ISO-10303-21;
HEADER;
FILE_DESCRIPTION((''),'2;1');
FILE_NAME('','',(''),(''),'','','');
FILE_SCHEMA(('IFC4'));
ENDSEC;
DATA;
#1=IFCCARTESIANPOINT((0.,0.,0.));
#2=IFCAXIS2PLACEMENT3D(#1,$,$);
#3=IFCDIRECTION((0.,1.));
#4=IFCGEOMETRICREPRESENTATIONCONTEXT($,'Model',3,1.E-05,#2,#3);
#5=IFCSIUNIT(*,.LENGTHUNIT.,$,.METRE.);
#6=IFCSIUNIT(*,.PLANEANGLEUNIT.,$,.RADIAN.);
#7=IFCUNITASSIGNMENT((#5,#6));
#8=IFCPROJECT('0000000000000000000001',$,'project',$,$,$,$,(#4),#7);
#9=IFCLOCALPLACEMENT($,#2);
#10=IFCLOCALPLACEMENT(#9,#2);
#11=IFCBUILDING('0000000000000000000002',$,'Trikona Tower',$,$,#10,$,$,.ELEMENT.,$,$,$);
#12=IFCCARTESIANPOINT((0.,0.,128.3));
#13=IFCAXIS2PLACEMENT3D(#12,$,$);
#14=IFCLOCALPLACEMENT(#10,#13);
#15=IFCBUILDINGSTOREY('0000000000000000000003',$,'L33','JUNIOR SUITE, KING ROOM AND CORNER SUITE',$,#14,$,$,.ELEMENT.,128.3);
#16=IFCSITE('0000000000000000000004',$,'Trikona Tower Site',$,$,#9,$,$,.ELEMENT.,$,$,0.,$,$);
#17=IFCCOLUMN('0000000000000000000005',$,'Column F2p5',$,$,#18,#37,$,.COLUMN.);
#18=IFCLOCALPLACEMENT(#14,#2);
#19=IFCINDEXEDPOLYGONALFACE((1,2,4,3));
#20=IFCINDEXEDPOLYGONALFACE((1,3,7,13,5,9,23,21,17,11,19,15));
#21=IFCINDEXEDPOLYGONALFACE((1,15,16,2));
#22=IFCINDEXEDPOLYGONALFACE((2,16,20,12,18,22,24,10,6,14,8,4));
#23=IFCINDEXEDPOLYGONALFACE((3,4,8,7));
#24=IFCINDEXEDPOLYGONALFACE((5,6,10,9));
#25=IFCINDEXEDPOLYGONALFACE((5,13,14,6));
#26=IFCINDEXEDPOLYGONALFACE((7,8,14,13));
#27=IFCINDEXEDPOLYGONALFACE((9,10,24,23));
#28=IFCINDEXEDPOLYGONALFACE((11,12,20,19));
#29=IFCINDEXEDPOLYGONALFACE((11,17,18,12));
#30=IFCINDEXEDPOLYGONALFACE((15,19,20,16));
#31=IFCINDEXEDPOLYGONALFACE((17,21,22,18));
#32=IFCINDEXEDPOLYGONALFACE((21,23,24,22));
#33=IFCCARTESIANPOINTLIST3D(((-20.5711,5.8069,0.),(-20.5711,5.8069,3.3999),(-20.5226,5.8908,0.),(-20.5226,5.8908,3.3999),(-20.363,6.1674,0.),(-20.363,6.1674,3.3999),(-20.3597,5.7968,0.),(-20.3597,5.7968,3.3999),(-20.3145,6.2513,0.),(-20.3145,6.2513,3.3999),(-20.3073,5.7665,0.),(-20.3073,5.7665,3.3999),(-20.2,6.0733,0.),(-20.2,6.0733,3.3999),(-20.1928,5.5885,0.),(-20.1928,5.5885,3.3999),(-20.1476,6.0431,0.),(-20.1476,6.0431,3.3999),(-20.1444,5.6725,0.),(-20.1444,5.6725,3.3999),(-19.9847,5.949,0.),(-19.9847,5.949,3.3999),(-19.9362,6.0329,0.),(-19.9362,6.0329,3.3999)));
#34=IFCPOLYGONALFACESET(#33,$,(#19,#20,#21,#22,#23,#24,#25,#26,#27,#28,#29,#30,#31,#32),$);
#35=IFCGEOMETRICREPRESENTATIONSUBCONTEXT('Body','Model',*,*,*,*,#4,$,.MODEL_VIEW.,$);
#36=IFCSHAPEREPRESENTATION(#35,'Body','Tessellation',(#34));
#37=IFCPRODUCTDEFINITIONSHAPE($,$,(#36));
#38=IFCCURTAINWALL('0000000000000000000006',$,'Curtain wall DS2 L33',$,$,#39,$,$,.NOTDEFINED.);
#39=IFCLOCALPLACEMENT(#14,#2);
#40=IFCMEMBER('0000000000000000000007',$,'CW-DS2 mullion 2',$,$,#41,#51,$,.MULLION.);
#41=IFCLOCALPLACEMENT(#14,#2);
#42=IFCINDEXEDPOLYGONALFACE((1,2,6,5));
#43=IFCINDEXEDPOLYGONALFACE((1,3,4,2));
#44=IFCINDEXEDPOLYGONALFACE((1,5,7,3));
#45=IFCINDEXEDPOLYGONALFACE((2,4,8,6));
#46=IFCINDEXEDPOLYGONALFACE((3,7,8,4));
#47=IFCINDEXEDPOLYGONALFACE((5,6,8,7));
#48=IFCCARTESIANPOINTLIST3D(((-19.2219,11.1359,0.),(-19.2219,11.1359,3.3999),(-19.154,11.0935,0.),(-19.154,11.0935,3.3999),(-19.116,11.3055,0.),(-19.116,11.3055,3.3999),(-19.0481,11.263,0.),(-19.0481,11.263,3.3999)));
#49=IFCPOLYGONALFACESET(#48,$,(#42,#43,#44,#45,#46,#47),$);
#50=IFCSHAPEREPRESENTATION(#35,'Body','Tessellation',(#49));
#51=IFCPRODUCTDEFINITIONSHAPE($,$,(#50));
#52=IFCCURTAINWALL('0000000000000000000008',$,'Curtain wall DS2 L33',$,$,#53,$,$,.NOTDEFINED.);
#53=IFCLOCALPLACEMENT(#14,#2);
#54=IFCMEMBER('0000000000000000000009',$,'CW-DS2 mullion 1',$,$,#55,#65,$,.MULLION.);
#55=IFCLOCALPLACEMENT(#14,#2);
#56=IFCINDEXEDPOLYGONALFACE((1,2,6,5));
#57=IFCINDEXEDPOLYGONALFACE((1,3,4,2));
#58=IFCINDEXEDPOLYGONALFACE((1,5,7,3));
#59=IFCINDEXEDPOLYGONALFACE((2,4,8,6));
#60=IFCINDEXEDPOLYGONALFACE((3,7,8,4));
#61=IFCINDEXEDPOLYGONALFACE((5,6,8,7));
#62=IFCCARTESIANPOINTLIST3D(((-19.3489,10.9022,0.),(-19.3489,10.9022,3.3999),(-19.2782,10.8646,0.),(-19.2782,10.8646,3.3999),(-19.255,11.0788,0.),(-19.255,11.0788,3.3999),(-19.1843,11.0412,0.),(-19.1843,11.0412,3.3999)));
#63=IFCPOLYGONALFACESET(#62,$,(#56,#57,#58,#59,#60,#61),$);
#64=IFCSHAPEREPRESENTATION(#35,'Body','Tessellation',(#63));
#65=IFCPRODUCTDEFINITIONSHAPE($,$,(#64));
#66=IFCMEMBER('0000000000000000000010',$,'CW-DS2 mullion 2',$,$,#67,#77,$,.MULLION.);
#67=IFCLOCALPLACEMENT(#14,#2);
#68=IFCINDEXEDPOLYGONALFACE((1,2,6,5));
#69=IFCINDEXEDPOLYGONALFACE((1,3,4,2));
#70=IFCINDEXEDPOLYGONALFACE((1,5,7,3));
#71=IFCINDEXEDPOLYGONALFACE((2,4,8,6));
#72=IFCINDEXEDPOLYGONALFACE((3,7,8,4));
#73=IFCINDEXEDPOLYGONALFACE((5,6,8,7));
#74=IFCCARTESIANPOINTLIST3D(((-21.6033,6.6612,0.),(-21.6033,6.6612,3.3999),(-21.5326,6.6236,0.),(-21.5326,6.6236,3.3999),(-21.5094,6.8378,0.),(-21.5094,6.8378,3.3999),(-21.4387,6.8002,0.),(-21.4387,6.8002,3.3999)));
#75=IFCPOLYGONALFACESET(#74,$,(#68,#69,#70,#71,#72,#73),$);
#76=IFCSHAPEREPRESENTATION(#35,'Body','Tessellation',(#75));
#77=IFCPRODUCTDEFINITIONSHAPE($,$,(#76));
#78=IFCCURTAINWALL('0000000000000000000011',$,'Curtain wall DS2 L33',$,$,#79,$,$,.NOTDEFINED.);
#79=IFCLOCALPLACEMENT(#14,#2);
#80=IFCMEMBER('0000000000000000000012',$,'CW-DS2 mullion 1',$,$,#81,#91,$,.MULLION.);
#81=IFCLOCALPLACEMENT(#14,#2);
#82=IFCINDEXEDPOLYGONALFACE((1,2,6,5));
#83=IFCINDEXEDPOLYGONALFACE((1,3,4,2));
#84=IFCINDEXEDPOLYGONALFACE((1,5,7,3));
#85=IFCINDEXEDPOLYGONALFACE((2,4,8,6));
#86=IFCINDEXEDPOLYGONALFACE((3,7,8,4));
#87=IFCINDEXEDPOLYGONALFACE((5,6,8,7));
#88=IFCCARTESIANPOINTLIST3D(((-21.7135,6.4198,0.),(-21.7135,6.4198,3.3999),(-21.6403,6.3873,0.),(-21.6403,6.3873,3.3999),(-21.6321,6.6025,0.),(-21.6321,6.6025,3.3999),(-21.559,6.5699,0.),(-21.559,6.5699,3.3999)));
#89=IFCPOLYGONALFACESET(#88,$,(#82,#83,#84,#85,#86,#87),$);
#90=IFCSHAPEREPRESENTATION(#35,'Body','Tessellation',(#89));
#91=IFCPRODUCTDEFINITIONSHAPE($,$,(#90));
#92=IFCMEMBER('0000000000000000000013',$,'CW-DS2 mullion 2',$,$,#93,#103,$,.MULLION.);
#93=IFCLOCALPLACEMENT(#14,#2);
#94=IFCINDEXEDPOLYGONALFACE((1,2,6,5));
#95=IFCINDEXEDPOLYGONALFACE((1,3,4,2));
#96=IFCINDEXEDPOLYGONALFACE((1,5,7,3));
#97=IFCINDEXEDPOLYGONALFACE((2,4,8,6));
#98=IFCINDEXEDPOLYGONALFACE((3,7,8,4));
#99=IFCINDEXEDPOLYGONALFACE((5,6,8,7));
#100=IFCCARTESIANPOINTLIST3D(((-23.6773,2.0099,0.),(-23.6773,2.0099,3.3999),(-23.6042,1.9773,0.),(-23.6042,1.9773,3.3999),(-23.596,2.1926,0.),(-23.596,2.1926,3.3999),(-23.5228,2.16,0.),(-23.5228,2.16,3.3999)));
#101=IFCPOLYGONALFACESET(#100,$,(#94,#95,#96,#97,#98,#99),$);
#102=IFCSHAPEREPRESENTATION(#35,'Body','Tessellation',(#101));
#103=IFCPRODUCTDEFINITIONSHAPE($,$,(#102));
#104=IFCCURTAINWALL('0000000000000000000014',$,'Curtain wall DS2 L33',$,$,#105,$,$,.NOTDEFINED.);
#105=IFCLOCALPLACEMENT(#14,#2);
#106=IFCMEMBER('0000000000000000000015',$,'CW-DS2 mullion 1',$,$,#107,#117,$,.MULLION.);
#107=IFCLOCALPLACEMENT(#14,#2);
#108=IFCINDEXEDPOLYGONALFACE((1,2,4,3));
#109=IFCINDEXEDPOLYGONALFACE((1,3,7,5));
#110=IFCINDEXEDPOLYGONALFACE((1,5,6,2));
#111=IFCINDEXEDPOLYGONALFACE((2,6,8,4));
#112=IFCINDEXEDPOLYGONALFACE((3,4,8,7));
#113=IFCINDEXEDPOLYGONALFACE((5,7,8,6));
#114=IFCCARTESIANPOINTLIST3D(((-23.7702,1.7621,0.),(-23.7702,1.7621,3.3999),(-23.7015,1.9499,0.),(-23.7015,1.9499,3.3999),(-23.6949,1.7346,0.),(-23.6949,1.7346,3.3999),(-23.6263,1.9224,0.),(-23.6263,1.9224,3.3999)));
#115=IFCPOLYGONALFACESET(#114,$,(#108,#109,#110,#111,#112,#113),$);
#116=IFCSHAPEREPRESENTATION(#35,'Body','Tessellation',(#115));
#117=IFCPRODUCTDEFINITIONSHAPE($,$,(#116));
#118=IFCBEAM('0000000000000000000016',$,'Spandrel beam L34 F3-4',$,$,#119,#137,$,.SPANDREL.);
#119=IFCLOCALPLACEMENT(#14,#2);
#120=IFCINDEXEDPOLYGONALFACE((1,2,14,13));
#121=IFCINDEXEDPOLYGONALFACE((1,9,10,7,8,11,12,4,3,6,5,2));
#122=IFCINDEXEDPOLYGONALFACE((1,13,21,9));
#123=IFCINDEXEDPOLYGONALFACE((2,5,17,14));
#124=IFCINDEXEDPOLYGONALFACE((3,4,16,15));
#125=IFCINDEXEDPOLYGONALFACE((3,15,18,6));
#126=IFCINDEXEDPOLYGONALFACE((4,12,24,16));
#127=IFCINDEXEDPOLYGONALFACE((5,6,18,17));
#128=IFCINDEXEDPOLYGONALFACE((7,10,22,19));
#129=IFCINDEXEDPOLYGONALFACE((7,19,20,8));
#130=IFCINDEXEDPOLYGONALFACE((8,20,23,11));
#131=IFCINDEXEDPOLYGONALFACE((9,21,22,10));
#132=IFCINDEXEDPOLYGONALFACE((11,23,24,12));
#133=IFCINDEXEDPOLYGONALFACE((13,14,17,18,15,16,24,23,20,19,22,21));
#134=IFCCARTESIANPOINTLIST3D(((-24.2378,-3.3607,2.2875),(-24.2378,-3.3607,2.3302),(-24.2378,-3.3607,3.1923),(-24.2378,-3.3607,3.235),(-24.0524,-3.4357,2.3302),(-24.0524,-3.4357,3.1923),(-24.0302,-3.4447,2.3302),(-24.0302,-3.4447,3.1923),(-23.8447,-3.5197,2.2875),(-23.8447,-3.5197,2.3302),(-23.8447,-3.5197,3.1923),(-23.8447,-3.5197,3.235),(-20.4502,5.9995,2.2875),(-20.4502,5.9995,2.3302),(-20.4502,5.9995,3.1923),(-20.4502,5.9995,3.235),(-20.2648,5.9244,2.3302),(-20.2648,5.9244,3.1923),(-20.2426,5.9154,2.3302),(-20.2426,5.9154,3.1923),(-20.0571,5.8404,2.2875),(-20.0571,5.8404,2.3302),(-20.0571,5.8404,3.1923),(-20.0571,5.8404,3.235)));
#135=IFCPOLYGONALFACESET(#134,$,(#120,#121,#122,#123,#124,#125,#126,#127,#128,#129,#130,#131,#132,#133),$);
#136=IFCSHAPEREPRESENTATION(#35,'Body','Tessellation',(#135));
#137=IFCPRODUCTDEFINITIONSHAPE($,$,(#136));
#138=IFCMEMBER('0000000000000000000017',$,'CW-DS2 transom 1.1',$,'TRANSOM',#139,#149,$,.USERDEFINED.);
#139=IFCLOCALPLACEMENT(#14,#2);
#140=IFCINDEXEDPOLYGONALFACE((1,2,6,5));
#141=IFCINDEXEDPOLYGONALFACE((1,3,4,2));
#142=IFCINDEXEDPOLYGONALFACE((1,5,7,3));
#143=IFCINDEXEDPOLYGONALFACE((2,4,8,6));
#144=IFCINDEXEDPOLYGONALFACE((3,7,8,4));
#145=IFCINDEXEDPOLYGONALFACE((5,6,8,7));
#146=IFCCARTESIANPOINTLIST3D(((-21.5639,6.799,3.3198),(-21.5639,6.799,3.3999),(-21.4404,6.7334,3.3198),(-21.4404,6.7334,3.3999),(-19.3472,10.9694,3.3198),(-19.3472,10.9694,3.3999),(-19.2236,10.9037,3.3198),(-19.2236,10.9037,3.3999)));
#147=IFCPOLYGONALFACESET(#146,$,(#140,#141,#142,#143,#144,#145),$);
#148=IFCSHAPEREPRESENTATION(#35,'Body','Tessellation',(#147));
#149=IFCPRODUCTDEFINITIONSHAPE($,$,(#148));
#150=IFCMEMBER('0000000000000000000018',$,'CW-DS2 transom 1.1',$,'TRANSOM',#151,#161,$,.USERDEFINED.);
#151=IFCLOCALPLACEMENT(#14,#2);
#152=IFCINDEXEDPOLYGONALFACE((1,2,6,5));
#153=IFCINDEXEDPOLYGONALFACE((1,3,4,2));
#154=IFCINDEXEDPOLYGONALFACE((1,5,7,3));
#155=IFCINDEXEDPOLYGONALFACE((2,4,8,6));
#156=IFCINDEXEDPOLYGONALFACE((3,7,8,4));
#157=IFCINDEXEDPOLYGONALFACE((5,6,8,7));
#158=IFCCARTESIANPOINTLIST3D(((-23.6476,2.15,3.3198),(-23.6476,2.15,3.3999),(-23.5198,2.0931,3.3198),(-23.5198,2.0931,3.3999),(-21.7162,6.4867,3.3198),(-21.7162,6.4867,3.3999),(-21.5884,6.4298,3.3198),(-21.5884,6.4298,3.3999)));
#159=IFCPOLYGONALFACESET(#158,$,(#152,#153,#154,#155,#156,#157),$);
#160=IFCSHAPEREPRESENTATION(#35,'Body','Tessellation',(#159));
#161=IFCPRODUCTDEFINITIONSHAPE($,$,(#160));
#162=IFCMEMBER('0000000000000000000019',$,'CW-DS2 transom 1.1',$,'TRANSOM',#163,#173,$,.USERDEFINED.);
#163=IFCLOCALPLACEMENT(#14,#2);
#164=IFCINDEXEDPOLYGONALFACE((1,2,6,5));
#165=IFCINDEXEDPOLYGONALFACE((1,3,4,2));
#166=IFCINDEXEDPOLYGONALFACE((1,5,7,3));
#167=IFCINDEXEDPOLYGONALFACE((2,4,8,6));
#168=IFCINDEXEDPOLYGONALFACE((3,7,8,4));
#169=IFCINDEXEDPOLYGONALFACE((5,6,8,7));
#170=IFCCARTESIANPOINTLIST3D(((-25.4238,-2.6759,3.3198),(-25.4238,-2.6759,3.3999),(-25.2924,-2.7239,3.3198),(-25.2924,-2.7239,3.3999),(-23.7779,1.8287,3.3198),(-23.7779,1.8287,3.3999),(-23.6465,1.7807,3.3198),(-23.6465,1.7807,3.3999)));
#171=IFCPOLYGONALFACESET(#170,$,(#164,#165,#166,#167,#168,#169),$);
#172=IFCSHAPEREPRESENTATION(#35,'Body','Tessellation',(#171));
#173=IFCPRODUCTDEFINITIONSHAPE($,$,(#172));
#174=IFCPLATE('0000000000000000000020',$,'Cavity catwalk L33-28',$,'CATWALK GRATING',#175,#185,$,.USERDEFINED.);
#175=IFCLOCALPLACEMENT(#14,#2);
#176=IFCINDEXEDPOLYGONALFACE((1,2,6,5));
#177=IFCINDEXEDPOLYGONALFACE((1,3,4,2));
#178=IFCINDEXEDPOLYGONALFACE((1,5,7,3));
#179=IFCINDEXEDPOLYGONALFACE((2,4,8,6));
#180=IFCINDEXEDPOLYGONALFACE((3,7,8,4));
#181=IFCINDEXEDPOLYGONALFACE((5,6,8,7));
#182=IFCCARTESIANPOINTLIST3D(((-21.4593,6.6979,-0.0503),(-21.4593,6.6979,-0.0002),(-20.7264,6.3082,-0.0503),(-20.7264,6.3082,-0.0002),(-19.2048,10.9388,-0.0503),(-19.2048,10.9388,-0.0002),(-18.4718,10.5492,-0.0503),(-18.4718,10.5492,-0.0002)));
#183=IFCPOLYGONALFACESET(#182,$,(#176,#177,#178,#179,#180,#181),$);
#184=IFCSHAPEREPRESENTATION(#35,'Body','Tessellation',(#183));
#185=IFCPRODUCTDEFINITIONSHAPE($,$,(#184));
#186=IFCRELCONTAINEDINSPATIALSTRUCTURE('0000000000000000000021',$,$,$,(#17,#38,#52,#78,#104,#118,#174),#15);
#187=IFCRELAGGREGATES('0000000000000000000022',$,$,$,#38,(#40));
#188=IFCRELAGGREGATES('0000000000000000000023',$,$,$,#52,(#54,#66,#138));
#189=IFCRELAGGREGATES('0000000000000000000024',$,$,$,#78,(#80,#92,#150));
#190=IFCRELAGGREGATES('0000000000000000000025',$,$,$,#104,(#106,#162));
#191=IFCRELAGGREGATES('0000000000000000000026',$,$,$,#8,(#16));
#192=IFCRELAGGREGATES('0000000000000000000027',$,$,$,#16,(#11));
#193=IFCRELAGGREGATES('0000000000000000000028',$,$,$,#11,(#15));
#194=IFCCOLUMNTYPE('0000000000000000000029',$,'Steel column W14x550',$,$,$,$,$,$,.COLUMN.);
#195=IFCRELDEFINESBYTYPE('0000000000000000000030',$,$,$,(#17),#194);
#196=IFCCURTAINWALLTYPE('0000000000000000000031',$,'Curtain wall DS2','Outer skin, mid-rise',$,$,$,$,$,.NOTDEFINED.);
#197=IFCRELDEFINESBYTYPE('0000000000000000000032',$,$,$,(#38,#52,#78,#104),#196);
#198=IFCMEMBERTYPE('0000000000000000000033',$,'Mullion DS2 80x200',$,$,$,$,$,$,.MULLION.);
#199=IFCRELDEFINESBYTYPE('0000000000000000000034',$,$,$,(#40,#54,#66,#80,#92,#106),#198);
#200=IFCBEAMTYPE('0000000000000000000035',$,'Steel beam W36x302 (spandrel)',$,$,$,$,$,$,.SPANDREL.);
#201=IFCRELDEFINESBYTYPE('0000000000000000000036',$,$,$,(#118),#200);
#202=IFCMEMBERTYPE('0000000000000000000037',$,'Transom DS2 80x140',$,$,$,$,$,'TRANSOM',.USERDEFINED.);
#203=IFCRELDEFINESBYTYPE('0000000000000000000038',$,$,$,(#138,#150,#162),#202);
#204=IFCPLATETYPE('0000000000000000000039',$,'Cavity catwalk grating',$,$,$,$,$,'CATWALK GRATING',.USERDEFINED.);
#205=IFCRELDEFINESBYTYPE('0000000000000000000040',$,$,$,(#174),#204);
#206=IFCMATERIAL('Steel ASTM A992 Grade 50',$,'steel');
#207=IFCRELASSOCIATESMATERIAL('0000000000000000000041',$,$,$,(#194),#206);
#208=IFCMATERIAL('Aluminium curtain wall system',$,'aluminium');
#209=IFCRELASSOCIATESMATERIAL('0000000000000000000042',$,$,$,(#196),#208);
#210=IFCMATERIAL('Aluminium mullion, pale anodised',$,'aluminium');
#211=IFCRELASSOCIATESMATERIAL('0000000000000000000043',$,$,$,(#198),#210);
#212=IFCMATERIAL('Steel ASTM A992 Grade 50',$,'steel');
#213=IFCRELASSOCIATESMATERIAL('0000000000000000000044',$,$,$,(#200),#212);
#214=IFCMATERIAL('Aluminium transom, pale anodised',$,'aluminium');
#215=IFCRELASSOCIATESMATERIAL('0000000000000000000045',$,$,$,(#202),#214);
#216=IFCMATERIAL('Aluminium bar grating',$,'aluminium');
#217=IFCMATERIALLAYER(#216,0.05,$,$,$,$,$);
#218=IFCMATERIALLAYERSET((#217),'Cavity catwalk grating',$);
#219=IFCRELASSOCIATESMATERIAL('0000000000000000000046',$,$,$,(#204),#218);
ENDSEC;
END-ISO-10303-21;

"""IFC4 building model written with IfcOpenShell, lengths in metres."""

from ifc_helpers import new_model, si_unit, direction, frame, origin, origin_2d, place, context, subcontext, project, spatial, rectangle, i_section, extrude, material, layer, layer_set, material_profile, profile_set, type_object, element, aggregate, save


model = new_model("IFC4")

# Units and contexts
model_context = context("Model", 3, precision=1e-05, world=origin(), true_north=direction((0.0, 1.0)))
body_context = subcontext(model_context, "Body", "Model", "MODEL_VIEW")
ifc_project = project(units=[si_unit("LENGTHUNIT", "METRE"), si_unit("PLANEANGLEUNIT", "RADIAN")], contexts=[model_context])

# Site, building, storey
site_placement = place(None, origin())
site = spatial("IfcSite", under=ifc_project, at=site_placement, Name="Trikona Tower Site", CompositionType="ELEMENT", RefElevation=0.0)
building_placement = place(site_placement, origin())
building = spatial("IfcBuilding", under=site, at=building_placement, Name="Trikona Tower", CompositionType="ELEMENT")
storey_placement = place(building_placement, frame((0.0, 0.0, 128.3)))
storey = spatial("IfcBuildingStorey", under=building, at=storey_placement, Name="L33", Description="JUNIOR SUITE, KING ROOM AND CORNER SUITE", CompositionType="ELEMENT", Elevation=128.3)

# Column
ifc_material_1 = material(Name="Steel ASTM A992 Grade 50", Category="steel")
ifc_material_profile_1 = material_profile(ifc_material_1, i_section(OverallWidth=0.4368, OverallDepth=0.5132, WebThickness=0.0605, FlangeThickness=0.0969, at=origin_2d()), Name="W14X550")
ifc_profile_set_1 = profile_set([ifc_material_profile_1], Name="Steel ASTM A992 Grade 50")
column_type = type_object("IfcColumnType", Name="Steel column W14x550", PredefinedType="COLUMN", material=ifc_profile_set_1)
column_placement = place(storey_placement, frame((-20.2537, 5.9199, 0.0), z_axis=(0.0, 0.0, 1.0), x_axis=(-0.866025, 0.5, 0.0)))
element("IfcColumn", 1, at=column_placement, inside=storey, type_object=column_type, Name="Column F2p5", PredefinedType="COLUMN", context=body_context, shape_type="SweptSolid", body=[
    extrude(i_section(OverallWidth=0.4368, OverallDepth=0.5132, WebThickness=0.0605, FlangeThickness=0.0969, at=origin_2d()), origin(), (0.0, 0.0, 1.0), 3.3999),
])

# Curtain wall, member
ifc_material_2 = material(Name="Aluminium curtain wall system", Category="aluminium")
curtain_wall_type = type_object("IfcCurtainWallType", Name="Curtain wall DS2", Description="Outer skin, mid-rise", PredefinedType="NOTDEFINED", material=ifc_material_2)
curtain_wall_1_placement = place(storey_placement, origin())
curtain_wall_1 = element("IfcCurtainWall", 2, at=curtain_wall_1_placement, inside=storey, type_object=curtain_wall_type, Name="Curtain wall DS2 L33", PredefinedType="NOTDEFINED")
ifc_material_3 = material(Name="Aluminium mullion, pale anodised", Category="aluminium")
ifc_material_profile_2 = material_profile(ifc_material_3, rectangle(XDim=0.0801, YDim=0.2, at=origin_2d()), Name="MUL-DS2")
ifc_profile_set_2 = profile_set([ifc_material_profile_2], Name="Aluminium mullion, pale anodised")
member_type_1 = type_object("IfcMemberType", Name="Mullion DS2 80x200", PredefinedType="MULLION", material=ifc_profile_set_2)
member_1_placement = place(storey_placement, frame((-19.135, 11.1995, 0.0), z_axis=(0.0, 0.0, 1.0), x_axis=(0.847998, -0.529999, 0.0)))
member_1 = element("IfcMember", 3, at=member_1_placement, type_object=member_type_1, Name="CW-DS2 mullion 2", PredefinedType="MULLION", context=body_context, shape_type="SweptSolid", body=[
    extrude(rectangle(XDim=0.0801, YDim=0.2, at=origin_2d()), origin(), (0.0, 0.0, 1.0), 3.3999),
])
aggregate(curtain_wall_1, [member_1])

# Curtain walls, members
curtain_wall_2_placement = place(storey_placement, origin())
curtain_wall_2 = element("IfcCurtainWall", 4, at=curtain_wall_2_placement, inside=storey, type_object=curtain_wall_type, Name="Curtain wall DS2 L33", PredefinedType="NOTDEFINED")
member_2_placement = place(storey_placement, frame((-19.2666, 10.9717, 0.0), z_axis=(0.0, 0.0, 1.0), x_axis=(0.882996, -0.46938, 0.0)))
member_2 = element("IfcMember", 5, at=member_2_placement, type_object=member_type_1, Name="CW-DS2 mullion 1", PredefinedType="MULLION", context=body_context, shape_type="SweptSolid", body=[
    extrude(rectangle(XDim=0.0801, YDim=0.2, at=origin_2d()), origin(), (0.0, 0.0, 1.0), 3.3999),
])
member_3_placement = place(storey_placement, frame((-21.521, 6.7307, 0.0), z_axis=(0.0, 0.0, 1.0), x_axis=(0.882996, -0.46938, 0.0)))
member_3 = element("IfcMember", 6, at=member_3_placement, type_object=member_type_1, Name="CW-DS2 mullion 2", PredefinedType="MULLION", context=body_context, shape_type="SweptSolid", body=[
    extrude(rectangle(XDim=0.0801, YDim=0.2, at=origin_2d()), origin(), (0.0, 0.0, 1.0), 3.3999),
])
curtain_wall_3_placement = place(storey_placement, origin())
curtain_wall_3 = element("IfcCurtainWall", 7, at=curtain_wall_3_placement, inside=storey, type_object=curtain_wall_type, Name="Curtain wall DS2 L33", PredefinedType="NOTDEFINED")
member_4_placement = place(storey_placement, frame((-21.6362, 6.4949, 0.0), z_axis=(0.0, 0.0, 1.0), x_axis=(0.913501, -0.406836, 0.0)))
member_4 = element("IfcMember", 8, at=member_4_placement, type_object=member_type_1, Name="CW-DS2 mullion 1", PredefinedType="MULLION", context=body_context, shape_type="SweptSolid", body=[
    extrude(rectangle(XDim=0.0801, YDim=0.2, at=origin_2d()), origin(), (0.0, 0.0, 1.0), 3.3999),
])
member_5_placement = place(storey_placement, frame((-23.6001, 2.085, 0.0), z_axis=(0.0, 0.0, 1.0), x_axis=(0.913501, -0.406836, 0.0)))
member_5 = element("IfcMember", 9, at=member_5_placement, type_object=member_type_1, Name="CW-DS2 mullion 2", PredefinedType="MULLION", context=body_context, shape_type="SweptSolid", body=[
    extrude(rectangle(XDim=0.0801, YDim=0.2, at=origin_2d()), origin(), (0.0, 0.0, 1.0), 3.3999),
])

# Curtain wall, member
curtain_wall_4_placement = place(storey_placement, origin())
curtain_wall_4 = element("IfcCurtainWall", 10, at=curtain_wall_4_placement, inside=storey, type_object=curtain_wall_type, Name="Curtain wall DS2 L33", PredefinedType="NOTDEFINED")
member_6_placement = place(storey_placement, frame((-23.6982, 1.8423, 0.0), z_axis=(0.0, 0.0, 1.0), x_axis=(0.939254, -0.343223, 0.0)))
member_6 = element("IfcMember", 11, at=member_6_placement, type_object=member_type_1, Name="CW-DS2 mullion 1", PredefinedType="MULLION", context=body_context, shape_type="SweptSolid", body=[
    extrude(rectangle(XDim=0.0801, YDim=0.2, at=origin_2d()), origin(), (0.0, 0.0, 1.0), 3.3999),
])

# Beam
ifc_material_4 = material(Name="Steel ASTM A992 Grade 50", Category="steel")
ifc_material_profile_3 = material_profile(ifc_material_4, i_section(OverallWidth=0.4241, OverallDepth=0.9475, WebThickness=0.0239, FlangeThickness=0.0427, at=origin_2d()), Name="W36X302")
ifc_profile_set_3 = profile_set([ifc_material_profile_3], Name="Steel ASTM A992 Grade 50")
beam_type = type_object("IfcBeamType", Name="Steel beam W36x302 (spandrel)", PredefinedType="SPANDREL", material=ifc_profile_set_3)
beam_placement = place(storey_placement, frame((-20.2537, 5.9199, 2.7612), z_axis=(-0.375106, -0.926982, 0.0), x_axis=(0.926982, -0.375106, 0.0)))
element("IfcBeam", 12, at=beam_placement, inside=storey, type_object=beam_type, Name="Spandrel beam L34 F3-4", PredefinedType="SPANDREL", context=body_context, shape_type="SweptSolid", body=[
    extrude(i_section(OverallWidth=0.4241, OverallDepth=0.9475, WebThickness=0.0239, FlangeThickness=0.0427, at=origin_2d()), origin(), (0.0, 0.0, 1.0), 10.0974),
])

# Members
ifc_material_5 = material(Name="Aluminium transom, pale anodised", Category="aluminium")
ifc_material_profile_4 = material_profile(ifc_material_5, rectangle(XDim=0.1399, YDim=0.0801, at=origin_2d()), Name="TRN-DS2")
ifc_profile_set_4 = profile_set([ifc_material_profile_4], Name="Aluminium transom, pale anodised")
member_type_2 = type_object("IfcMemberType", Name="Transom DS2 80x140", ElementType="TRANSOM", PredefinedType="USERDEFINED", material=ifc_profile_set_4)
member_7_placement = place(storey_placement, frame((-19.2854, 10.9365, 3.3599), z_axis=(-0.469364, -0.883005, 0.0), x_axis=(0.883005, -0.469364, 0.0)))
member_7 = element("IfcMember", 13, at=member_7_placement, type_object=member_type_2, Name="CW-DS2 transom 1.1", ObjectType="TRANSOM", PredefinedType="USERDEFINED", context=body_context, shape_type="SweptSolid", body=[
    extrude(rectangle(XDim=0.1399, YDim=0.0801, at=origin_2d()), origin(), (0.0, 0.0, 1.0), 4.7229),
])
member_8_placement = place(storey_placement, frame((-21.6523, 6.4583, 3.3599), z_axis=(-0.40684, -0.9135, 0.0), x_axis=(0.9135, -0.40684, 0.0)))
member_8 = element("IfcMember", 14, at=member_8_placement, type_object=member_type_2, Name="CW-DS2 transom 1.1", ObjectType="TRANSOM", PredefinedType="USERDEFINED", context=body_context, shape_type="SweptSolid", body=[
    extrude(rectangle(XDim=0.1399, YDim=0.0801, at=origin_2d()), origin(), (0.0, 0.0, 1.0), 4.7473),
])
member_9_placement = place(storey_placement, frame((-23.7122, 1.8047, 3.3599), z_axis=(-0.343206, -0.93926, 0.0), x_axis=(0.93926, -0.343206, 0.0)))
member_9 = element("IfcMember", 15, at=member_9_placement, type_object=member_type_2, Name="CW-DS2 transom 1.1", ObjectType="TRANSOM", PredefinedType="USERDEFINED", context=body_context, shape_type="SweptSolid", body=[
    extrude(rectangle(XDim=0.1399, YDim=0.0801, at=origin_2d()), origin(), (0.0, 0.0, 1.0), 4.7959),
])

# Plate
ifc_material_6 = material(Name="Aluminium bar grating", Category="aluminium")
ifc_layer_1 = layer(ifc_material_6, 0.05)
ifc_layer_set_1 = layer_set([ifc_layer_1], Name="Cavity catwalk grating")
plate_type_1 = type_object("IfcPlateType", Name="Cavity catwalk grating", ElementType="CATWALK GRATING", PredefinedType="USERDEFINED", material=ifc_layer_set_1)
plate_1_placement = place(storey_placement, frame((-19.9656, 8.6235, -0.0503), z_axis=(0.0, 0.0, 1.0), x_axis=(-0.469398, -0.882987, 0.0)))
element("IfcPlate", 16, at=plate_1_placement, inside=storey, type_object=plate_type_1, Name="Cavity catwalk L33-28", ObjectType="CATWALK GRATING", PredefinedType="USERDEFINED", context=body_context, shape_type="SweptSolid", body=[
    extrude(rectangle(XDim=4.803, YDim=0.8301, at=origin_2d()), origin(), (0.0, 0.0, 1.0), 0.05),
])

aggregate(curtain_wall_2, [member_2, member_3, member_7])
aggregate(curtain_wall_3, [member_4, member_5, member_8])
aggregate(curtain_wall_4, [member_6, member_9])

save(model, "model.ifc")
